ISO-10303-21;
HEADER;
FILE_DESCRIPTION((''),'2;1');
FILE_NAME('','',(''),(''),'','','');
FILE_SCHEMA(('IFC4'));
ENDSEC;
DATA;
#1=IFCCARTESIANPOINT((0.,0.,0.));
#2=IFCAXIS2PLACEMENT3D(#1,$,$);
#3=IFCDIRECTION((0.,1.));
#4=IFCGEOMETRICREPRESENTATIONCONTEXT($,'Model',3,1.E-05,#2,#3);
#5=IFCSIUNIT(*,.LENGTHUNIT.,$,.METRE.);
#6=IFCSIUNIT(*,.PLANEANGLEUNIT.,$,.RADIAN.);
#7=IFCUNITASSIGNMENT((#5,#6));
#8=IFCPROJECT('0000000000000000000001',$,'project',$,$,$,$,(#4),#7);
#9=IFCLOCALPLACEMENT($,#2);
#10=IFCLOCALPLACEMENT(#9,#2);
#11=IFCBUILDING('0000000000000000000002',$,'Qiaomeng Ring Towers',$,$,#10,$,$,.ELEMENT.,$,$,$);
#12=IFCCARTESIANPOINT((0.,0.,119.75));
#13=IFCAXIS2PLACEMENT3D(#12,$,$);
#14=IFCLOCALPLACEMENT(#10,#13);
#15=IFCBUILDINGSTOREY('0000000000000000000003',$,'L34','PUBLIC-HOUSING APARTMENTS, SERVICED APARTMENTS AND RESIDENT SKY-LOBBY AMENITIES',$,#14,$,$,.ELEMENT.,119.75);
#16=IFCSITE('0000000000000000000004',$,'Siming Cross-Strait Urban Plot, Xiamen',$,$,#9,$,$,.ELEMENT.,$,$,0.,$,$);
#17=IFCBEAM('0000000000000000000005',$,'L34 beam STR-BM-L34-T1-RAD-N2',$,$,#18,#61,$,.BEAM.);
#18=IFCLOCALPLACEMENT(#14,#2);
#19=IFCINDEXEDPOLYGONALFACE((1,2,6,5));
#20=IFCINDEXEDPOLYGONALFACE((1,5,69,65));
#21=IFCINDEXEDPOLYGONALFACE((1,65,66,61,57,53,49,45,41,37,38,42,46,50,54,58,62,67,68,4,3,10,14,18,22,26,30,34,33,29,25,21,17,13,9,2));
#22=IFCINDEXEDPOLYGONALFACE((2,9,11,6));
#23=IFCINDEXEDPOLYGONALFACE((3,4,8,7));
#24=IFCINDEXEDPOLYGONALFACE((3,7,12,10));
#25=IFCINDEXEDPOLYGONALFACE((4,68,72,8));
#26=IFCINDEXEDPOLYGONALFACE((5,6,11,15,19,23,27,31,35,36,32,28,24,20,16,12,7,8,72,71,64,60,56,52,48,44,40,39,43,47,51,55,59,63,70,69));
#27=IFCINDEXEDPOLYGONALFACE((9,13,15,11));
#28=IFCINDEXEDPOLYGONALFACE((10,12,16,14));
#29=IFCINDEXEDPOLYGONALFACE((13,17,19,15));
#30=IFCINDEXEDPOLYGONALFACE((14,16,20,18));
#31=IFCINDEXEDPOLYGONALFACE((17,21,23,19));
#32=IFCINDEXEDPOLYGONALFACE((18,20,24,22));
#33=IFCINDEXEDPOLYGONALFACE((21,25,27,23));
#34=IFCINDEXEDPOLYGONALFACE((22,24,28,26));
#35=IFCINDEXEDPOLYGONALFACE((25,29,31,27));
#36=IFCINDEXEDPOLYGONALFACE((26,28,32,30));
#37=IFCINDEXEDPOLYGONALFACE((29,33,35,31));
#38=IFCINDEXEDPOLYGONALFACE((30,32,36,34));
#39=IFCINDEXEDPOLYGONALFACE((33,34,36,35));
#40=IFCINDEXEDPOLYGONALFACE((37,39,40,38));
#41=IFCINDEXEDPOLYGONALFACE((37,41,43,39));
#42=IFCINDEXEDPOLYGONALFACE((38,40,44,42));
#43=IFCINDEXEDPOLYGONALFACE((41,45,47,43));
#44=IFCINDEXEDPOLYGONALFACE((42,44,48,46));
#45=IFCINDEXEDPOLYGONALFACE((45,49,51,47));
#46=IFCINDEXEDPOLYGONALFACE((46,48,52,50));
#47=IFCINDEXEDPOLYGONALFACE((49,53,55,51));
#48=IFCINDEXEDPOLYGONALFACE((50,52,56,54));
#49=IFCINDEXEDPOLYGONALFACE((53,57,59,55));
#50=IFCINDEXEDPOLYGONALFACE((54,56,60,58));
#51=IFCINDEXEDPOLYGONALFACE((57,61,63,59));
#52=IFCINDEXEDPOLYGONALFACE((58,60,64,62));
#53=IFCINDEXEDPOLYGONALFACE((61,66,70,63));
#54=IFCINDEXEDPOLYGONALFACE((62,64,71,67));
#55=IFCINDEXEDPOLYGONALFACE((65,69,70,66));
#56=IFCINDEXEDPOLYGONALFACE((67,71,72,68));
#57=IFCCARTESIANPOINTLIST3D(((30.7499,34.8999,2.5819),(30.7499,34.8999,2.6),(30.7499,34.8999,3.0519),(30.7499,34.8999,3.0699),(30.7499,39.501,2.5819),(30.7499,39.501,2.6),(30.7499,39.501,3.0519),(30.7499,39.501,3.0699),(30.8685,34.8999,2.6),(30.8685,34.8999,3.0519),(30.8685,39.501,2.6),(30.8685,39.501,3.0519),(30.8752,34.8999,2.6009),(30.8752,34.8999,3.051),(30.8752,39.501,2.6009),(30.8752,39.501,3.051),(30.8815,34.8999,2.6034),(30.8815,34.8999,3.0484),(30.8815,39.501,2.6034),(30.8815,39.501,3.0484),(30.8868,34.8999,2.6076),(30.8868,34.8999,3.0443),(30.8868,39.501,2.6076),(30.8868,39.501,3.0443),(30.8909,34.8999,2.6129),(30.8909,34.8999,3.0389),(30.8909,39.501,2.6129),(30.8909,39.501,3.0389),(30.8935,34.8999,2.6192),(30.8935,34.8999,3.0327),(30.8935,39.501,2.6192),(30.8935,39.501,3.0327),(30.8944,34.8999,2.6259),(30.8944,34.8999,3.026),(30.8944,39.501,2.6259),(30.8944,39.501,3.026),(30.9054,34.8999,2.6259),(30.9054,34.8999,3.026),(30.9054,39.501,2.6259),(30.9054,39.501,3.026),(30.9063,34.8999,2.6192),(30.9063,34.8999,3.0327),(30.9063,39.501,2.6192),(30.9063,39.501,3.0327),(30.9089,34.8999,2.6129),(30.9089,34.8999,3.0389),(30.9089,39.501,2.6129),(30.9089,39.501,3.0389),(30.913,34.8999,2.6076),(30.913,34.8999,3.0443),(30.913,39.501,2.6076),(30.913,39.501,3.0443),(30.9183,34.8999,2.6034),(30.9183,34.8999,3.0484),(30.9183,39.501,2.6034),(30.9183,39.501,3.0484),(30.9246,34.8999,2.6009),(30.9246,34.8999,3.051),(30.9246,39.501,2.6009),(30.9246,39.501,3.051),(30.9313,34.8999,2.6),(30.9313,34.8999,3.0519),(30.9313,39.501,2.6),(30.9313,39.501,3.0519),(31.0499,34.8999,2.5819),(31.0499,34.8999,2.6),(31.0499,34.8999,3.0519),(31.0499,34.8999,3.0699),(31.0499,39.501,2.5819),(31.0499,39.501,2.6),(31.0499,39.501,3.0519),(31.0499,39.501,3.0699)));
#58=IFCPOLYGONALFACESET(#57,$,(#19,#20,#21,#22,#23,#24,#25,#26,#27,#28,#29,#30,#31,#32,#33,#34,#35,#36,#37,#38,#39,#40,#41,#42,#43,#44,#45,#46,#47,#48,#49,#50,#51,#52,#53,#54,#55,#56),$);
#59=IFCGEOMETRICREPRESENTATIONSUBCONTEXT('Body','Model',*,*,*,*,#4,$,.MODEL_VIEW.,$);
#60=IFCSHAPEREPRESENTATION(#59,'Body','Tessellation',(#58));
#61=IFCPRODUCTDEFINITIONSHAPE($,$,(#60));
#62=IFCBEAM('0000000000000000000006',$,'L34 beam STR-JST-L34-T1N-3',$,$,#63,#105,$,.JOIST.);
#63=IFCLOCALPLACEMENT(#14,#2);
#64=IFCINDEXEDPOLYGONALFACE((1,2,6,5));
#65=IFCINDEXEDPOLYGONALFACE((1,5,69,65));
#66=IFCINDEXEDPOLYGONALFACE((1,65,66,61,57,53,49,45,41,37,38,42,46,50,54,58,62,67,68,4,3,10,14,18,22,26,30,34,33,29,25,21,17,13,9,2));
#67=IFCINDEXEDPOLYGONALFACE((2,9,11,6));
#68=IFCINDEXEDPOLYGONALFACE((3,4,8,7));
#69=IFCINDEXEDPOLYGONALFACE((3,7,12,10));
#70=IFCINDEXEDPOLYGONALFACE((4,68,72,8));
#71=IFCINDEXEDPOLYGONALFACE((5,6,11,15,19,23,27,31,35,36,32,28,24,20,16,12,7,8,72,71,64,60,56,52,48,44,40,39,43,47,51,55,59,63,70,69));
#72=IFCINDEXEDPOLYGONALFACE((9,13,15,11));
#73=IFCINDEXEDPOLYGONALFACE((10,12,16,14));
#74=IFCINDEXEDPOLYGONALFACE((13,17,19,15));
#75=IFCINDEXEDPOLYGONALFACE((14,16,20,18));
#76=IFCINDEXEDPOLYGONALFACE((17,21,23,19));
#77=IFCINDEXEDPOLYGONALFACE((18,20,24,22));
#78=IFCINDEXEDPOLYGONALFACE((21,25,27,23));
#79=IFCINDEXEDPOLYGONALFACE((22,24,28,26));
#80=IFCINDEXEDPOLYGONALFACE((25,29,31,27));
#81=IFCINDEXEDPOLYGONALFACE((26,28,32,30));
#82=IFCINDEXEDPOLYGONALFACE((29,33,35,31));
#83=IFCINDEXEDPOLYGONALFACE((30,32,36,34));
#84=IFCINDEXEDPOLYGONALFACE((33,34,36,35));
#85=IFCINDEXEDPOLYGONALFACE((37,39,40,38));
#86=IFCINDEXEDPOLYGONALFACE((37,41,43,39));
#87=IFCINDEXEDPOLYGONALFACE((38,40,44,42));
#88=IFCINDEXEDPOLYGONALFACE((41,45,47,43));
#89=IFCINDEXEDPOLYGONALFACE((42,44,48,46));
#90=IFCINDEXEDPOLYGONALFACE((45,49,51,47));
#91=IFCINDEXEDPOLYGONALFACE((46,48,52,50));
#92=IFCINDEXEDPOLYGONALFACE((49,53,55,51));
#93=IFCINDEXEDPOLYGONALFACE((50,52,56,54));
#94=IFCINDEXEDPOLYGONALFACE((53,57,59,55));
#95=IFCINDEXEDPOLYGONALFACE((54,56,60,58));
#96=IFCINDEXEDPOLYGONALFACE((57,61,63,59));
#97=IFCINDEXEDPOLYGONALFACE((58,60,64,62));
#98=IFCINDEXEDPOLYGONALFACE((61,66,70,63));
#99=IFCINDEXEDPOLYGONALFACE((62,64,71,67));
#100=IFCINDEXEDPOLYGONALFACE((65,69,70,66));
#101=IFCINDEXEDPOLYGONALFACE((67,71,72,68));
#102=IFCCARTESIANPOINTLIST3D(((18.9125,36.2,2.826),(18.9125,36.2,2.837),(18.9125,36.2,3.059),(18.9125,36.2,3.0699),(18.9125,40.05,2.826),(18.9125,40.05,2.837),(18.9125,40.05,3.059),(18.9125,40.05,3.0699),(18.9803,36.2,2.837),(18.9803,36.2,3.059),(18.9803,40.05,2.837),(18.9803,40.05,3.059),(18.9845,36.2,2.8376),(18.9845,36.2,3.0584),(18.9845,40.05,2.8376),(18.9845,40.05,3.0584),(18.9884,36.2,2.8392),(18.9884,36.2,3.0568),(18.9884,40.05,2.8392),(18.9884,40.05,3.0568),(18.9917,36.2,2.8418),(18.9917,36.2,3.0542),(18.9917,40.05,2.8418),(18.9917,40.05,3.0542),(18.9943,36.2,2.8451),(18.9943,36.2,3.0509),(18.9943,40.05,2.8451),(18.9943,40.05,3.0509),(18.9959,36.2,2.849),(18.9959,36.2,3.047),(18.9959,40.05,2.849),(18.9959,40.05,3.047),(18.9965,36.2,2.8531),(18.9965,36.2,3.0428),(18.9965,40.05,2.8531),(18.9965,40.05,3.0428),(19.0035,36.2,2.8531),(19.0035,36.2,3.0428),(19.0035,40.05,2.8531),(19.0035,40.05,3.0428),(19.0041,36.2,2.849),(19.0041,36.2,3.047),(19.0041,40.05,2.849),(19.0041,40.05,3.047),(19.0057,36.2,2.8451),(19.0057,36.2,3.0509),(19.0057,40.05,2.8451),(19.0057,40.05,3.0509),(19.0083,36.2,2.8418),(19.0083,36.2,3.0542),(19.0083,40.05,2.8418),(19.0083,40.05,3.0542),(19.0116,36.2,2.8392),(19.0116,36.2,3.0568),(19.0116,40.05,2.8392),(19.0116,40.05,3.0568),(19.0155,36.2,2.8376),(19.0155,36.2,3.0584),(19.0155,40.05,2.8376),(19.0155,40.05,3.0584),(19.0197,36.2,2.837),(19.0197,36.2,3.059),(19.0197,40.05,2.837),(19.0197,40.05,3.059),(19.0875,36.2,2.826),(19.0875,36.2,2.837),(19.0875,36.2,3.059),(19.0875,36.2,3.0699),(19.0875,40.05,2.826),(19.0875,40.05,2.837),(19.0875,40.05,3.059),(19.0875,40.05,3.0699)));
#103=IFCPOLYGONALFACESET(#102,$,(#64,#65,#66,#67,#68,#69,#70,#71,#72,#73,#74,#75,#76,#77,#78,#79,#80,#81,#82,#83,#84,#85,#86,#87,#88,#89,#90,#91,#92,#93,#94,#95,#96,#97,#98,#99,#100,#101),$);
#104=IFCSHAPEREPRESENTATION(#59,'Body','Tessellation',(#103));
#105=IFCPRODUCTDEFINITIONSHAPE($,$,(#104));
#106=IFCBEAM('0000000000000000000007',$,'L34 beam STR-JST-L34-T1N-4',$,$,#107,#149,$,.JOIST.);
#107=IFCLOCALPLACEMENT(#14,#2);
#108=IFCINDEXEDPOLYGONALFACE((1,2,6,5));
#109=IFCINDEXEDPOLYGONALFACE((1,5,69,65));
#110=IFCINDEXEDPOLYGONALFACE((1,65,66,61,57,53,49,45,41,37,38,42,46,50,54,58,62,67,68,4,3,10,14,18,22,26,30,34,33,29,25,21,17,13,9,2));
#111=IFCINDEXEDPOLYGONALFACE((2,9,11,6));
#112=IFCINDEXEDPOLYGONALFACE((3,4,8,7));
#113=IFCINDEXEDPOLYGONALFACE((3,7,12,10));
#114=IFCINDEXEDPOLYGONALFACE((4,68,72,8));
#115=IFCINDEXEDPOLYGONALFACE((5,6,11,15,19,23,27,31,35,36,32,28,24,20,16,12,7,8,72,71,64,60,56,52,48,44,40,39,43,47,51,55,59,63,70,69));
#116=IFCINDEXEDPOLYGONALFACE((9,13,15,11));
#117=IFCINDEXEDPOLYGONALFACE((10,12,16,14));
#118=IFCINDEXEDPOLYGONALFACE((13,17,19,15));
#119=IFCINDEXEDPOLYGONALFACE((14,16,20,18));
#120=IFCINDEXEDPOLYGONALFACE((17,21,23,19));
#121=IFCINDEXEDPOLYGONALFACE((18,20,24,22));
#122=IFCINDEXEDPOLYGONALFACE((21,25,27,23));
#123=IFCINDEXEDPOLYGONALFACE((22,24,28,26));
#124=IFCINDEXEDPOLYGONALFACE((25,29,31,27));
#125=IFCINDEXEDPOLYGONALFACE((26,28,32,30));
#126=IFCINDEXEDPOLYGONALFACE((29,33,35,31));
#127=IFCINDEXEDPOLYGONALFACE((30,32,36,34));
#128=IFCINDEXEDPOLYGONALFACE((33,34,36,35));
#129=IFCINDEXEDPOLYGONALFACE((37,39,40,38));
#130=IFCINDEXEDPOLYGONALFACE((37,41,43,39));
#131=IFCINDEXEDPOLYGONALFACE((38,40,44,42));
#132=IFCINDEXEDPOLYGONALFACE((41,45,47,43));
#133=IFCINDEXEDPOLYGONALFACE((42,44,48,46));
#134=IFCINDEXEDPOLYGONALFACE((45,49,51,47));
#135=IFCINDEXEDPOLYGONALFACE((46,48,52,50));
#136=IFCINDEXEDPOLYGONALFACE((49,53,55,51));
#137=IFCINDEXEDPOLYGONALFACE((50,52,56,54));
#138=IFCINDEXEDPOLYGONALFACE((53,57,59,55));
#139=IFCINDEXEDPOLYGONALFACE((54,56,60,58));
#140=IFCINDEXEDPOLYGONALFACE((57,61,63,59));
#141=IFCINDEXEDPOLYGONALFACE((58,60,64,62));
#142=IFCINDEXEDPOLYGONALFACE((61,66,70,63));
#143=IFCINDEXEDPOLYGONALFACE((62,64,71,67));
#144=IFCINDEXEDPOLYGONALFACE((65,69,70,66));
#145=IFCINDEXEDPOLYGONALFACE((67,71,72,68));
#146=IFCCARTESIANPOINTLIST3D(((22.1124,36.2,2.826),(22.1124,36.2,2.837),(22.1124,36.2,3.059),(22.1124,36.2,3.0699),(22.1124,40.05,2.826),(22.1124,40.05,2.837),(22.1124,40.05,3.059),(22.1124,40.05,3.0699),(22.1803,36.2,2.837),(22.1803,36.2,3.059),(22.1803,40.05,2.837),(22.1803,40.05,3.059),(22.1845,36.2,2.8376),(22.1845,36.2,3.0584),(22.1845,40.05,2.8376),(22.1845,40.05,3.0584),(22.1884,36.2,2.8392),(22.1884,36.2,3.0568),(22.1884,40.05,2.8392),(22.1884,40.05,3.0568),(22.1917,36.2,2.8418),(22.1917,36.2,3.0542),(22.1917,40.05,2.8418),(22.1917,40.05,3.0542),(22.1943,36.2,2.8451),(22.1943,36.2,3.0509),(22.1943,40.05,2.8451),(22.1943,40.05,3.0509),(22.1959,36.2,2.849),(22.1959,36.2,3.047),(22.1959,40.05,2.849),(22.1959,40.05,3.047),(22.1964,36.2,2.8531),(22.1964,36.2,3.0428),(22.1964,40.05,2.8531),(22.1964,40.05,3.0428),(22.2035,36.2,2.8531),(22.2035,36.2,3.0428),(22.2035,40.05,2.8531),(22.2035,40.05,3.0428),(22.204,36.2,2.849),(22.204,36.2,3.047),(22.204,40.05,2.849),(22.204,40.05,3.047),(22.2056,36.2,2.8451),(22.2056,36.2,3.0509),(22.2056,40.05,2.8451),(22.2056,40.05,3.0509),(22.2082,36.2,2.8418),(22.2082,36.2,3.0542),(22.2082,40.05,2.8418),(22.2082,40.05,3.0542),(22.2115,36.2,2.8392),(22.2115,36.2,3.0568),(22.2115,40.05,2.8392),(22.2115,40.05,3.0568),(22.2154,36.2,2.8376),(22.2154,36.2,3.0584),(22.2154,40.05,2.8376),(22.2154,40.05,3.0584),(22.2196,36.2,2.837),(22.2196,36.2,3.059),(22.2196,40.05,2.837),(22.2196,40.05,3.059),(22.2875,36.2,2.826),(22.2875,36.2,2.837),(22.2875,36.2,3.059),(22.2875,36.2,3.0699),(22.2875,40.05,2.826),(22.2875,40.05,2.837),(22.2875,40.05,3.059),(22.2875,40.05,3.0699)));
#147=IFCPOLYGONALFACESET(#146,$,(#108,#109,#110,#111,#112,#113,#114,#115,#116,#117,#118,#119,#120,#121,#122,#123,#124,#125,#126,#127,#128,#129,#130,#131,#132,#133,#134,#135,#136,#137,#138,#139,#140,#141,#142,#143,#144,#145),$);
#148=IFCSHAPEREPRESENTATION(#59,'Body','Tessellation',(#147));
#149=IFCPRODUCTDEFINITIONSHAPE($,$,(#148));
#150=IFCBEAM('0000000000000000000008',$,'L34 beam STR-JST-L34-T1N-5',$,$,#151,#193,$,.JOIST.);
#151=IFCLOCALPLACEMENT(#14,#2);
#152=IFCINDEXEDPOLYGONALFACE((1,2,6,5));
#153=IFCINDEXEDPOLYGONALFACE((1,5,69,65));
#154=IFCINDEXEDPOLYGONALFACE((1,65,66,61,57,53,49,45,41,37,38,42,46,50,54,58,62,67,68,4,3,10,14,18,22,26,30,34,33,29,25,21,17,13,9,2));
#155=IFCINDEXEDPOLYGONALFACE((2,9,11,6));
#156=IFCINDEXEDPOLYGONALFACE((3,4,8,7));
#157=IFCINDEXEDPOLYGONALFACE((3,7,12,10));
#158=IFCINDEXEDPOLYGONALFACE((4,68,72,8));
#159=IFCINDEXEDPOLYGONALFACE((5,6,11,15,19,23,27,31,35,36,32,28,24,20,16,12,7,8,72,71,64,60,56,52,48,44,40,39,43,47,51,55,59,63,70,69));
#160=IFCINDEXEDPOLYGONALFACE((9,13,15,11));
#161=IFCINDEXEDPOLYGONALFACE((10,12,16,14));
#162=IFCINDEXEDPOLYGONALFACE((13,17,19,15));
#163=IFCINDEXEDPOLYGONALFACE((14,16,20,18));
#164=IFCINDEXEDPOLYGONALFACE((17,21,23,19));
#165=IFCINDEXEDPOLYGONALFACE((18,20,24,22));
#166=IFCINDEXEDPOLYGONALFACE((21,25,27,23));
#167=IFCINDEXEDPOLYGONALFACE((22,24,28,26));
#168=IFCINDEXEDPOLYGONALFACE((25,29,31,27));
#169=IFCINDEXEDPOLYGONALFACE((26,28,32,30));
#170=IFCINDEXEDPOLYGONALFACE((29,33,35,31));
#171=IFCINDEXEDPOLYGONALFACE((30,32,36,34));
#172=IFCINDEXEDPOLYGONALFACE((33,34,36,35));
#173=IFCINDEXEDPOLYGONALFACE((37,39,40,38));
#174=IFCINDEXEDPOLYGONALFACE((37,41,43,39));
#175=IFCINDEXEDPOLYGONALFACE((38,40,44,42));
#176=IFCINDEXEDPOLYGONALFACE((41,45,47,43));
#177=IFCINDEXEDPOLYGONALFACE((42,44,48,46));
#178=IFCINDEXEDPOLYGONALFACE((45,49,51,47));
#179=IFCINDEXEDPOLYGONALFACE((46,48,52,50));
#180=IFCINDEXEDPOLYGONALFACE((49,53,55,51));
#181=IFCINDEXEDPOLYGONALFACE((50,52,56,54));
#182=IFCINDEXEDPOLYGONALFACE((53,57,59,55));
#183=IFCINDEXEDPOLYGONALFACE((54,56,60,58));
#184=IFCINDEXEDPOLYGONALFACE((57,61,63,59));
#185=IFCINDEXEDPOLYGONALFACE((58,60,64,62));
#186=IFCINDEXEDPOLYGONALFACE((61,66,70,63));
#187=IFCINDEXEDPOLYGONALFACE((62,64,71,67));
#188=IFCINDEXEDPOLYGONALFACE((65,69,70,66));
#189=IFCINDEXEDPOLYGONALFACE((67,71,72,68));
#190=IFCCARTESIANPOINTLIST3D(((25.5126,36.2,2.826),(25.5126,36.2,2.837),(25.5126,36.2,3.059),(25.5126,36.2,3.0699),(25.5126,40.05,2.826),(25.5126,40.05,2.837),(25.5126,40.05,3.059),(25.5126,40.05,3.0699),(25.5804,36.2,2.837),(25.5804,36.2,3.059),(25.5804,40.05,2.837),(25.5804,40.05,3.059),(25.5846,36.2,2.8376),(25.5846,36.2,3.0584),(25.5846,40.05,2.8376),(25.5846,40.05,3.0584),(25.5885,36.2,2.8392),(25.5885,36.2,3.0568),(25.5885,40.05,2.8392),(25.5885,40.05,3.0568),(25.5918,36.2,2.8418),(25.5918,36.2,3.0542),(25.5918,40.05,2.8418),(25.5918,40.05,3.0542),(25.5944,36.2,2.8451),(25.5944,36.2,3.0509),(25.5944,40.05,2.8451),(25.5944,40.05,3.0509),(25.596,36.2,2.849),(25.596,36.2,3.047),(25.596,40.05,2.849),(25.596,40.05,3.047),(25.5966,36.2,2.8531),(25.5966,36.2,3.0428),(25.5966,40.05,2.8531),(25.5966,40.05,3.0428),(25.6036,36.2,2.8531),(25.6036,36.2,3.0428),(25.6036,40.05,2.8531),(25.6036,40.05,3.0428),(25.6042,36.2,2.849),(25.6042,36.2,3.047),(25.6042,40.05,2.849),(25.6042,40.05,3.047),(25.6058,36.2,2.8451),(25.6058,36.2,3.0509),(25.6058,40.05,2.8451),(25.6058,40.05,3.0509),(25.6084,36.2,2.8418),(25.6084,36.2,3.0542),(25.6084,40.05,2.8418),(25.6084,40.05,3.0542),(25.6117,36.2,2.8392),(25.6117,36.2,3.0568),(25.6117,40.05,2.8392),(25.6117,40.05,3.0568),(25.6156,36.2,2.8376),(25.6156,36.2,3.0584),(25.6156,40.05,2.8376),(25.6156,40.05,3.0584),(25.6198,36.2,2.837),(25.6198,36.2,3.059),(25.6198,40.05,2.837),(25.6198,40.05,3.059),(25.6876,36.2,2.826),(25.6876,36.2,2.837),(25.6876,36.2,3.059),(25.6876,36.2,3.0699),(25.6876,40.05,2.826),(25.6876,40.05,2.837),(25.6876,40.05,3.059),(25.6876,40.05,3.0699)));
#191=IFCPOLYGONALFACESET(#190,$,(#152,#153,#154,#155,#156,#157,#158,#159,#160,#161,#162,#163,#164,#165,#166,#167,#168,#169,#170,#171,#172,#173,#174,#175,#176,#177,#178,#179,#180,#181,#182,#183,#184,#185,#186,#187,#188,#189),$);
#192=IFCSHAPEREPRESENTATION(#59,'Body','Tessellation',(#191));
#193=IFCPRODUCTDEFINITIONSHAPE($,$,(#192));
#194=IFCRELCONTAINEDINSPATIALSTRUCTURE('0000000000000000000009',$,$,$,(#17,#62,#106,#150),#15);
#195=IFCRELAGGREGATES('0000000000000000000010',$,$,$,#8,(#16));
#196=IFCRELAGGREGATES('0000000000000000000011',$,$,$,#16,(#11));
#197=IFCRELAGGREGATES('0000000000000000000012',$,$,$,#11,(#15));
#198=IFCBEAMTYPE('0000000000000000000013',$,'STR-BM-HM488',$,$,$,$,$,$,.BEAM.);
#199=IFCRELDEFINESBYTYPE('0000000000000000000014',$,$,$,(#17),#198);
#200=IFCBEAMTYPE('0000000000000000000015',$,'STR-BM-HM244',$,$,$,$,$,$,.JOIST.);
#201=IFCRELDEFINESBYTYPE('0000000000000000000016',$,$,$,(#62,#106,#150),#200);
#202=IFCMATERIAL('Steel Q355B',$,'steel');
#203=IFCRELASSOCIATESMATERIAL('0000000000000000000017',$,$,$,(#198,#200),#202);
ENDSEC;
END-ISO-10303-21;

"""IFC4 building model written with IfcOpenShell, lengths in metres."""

from ifc_helpers import new_model, si_unit, direction, frame, origin, origin_2d, place, context, subcontext, project, spatial, i_section, extrude, source, transform, mapped, material, material_profile, profile_set, type_object, element, save


model = new_model("IFC4")

# Units and contexts
model_context = context("Model", 3, precision=1e-05, world=origin(), true_north=direction((0.0, 1.0)))
body_context = subcontext(model_context, "Body", "Model", "MODEL_VIEW")
ifc_project = project(units=[si_unit("LENGTHUNIT", "METRE"), si_unit("PLANEANGLEUNIT", "RADIAN")], contexts=[model_context])

# Site, building, storey
site_placement = place(None, origin())
site = spatial("IfcSite", under=ifc_project, at=site_placement, Name="Siming Cross-Strait Urban Plot, Xiamen", CompositionType="ELEMENT", RefElevation=0.0)
building_placement = place(site_placement, origin())
building = spatial("IfcBuilding", under=site, at=building_placement, Name="Qiaomeng Ring Towers", CompositionType="ELEMENT")
storey_placement = place(building_placement, frame((0.0, 0.0, 119.75)))
storey = spatial("IfcBuildingStorey", under=building, at=storey_placement, Name="L34", Description="PUBLIC-HOUSING APARTMENTS, SERVICED APARTMENTS AND RESIDENT SKY-LOBBY AMENITIES", CompositionType="ELEMENT", Elevation=119.75)

# Beams
ifc_material_1 = material(Name="Steel Q355B", Category="steel")
ifc_material_profile_1 = material_profile(ifc_material_1, i_section(OverallWidth=0.3, OverallDepth=0.488, WebThickness=0.011, FlangeThickness=0.0181, FilletRadius=0.0259, at=origin_2d()), Name="HM 488x300x11x18")
ifc_profile_set_1 = profile_set([ifc_material_profile_1], Name="Steel Q355B")
beam_type_1 = type_object("IfcBeamType", Name="STR-BM-HM488", PredefinedType="BEAM", material=ifc_profile_set_1)
shared_shape_1 = source(origin(), body_context, "Body", "SweptSolid", [
    extrude(i_section(OverallWidth=0.3, OverallDepth=0.488, WebThickness=0.011, FlangeThickness=0.0181, FilletRadius=0.0259, at=origin_2d()), origin(), (0.0, 0.0, 1.0), 4.6011),
])
beam_1_placement = place(storey_placement, frame((30.8999, 39.501, 2.8259), z_axis=(0.0, -1.0, 0.0), x_axis=(1.0, 0.0, 0.0)))
element("IfcBeam", 1, at=beam_1_placement, inside=storey, type_object=beam_type_1, Name="L34 beam STR-BM-L34-T1-RAD-N2", PredefinedType="BEAM", context=body_context, shape_type="MappedRepresentation", body=[
    mapped(shared_shape_1, transform((0.0, 0.0, 0.0), x_axis=(1.0, 0.0, 0.0), y_axis=(0.0, 1.0, 0.0), z_axis=(0.0, 0.0, 1.0), scale=1.0)),
])
ifc_material_profile_2 = material_profile(ifc_material_1, i_section(OverallWidth=0.175, OverallDepth=0.2439, WebThickness=0.0071, FlangeThickness=0.011, FilletRadius=0.0161, at=origin_2d()), Name="HM 244x175x7x11")
ifc_profile_set_2 = profile_set([ifc_material_profile_2], Name="Steel Q355B")
beam_type_2 = type_object("IfcBeamType", Name="STR-BM-HM244", PredefinedType="JOIST", material=ifc_profile_set_2)
shared_shape_2 = source(origin(), body_context, "Body", "SweptSolid", [
    extrude(i_section(OverallWidth=0.175, OverallDepth=0.2439, WebThickness=0.0071, FlangeThickness=0.011, FilletRadius=0.0161, at=origin_2d()), origin(), (0.0, 0.0, 1.0), 3.8501),
])
for number, where, z_axis, x_axis, name in (
    (2, (19.0, 36.2, 2.948), (0.0, 1.0, 0.0), (-1.0, 0.0, 0.0), "L34 beam STR-JST-L34-T1N-3"),
    (3, (22.2, 36.2, 2.948), (0.0, 1.0, 0.0), (-1.0, 0.0, 0.0), "L34 beam STR-JST-L34-T1N-4"),
    (4, (25.6001, 36.2, 2.948), (0.0, 1.0, 0.0), (-1.0, 0.0, 0.0), "L34 beam STR-JST-L34-T1N-5"),
):
    element("IfcBeam", number, at=place(storey_placement, frame(where, z_axis=z_axis, x_axis=x_axis)), inside=storey, type_object=beam_type_2, Name=name, PredefinedType="JOIST", context=body_context, shape_type="MappedRepresentation", body=[
        mapped(shared_shape_2, transform((0.0, 0.0, 0.0), x_axis=(1.0, 0.0, 0.0), y_axis=(0.0, 1.0, 0.0), z_axis=(0.0, 0.0, 1.0), scale=1.0)),
    ])

save(model, "model.ifc")
